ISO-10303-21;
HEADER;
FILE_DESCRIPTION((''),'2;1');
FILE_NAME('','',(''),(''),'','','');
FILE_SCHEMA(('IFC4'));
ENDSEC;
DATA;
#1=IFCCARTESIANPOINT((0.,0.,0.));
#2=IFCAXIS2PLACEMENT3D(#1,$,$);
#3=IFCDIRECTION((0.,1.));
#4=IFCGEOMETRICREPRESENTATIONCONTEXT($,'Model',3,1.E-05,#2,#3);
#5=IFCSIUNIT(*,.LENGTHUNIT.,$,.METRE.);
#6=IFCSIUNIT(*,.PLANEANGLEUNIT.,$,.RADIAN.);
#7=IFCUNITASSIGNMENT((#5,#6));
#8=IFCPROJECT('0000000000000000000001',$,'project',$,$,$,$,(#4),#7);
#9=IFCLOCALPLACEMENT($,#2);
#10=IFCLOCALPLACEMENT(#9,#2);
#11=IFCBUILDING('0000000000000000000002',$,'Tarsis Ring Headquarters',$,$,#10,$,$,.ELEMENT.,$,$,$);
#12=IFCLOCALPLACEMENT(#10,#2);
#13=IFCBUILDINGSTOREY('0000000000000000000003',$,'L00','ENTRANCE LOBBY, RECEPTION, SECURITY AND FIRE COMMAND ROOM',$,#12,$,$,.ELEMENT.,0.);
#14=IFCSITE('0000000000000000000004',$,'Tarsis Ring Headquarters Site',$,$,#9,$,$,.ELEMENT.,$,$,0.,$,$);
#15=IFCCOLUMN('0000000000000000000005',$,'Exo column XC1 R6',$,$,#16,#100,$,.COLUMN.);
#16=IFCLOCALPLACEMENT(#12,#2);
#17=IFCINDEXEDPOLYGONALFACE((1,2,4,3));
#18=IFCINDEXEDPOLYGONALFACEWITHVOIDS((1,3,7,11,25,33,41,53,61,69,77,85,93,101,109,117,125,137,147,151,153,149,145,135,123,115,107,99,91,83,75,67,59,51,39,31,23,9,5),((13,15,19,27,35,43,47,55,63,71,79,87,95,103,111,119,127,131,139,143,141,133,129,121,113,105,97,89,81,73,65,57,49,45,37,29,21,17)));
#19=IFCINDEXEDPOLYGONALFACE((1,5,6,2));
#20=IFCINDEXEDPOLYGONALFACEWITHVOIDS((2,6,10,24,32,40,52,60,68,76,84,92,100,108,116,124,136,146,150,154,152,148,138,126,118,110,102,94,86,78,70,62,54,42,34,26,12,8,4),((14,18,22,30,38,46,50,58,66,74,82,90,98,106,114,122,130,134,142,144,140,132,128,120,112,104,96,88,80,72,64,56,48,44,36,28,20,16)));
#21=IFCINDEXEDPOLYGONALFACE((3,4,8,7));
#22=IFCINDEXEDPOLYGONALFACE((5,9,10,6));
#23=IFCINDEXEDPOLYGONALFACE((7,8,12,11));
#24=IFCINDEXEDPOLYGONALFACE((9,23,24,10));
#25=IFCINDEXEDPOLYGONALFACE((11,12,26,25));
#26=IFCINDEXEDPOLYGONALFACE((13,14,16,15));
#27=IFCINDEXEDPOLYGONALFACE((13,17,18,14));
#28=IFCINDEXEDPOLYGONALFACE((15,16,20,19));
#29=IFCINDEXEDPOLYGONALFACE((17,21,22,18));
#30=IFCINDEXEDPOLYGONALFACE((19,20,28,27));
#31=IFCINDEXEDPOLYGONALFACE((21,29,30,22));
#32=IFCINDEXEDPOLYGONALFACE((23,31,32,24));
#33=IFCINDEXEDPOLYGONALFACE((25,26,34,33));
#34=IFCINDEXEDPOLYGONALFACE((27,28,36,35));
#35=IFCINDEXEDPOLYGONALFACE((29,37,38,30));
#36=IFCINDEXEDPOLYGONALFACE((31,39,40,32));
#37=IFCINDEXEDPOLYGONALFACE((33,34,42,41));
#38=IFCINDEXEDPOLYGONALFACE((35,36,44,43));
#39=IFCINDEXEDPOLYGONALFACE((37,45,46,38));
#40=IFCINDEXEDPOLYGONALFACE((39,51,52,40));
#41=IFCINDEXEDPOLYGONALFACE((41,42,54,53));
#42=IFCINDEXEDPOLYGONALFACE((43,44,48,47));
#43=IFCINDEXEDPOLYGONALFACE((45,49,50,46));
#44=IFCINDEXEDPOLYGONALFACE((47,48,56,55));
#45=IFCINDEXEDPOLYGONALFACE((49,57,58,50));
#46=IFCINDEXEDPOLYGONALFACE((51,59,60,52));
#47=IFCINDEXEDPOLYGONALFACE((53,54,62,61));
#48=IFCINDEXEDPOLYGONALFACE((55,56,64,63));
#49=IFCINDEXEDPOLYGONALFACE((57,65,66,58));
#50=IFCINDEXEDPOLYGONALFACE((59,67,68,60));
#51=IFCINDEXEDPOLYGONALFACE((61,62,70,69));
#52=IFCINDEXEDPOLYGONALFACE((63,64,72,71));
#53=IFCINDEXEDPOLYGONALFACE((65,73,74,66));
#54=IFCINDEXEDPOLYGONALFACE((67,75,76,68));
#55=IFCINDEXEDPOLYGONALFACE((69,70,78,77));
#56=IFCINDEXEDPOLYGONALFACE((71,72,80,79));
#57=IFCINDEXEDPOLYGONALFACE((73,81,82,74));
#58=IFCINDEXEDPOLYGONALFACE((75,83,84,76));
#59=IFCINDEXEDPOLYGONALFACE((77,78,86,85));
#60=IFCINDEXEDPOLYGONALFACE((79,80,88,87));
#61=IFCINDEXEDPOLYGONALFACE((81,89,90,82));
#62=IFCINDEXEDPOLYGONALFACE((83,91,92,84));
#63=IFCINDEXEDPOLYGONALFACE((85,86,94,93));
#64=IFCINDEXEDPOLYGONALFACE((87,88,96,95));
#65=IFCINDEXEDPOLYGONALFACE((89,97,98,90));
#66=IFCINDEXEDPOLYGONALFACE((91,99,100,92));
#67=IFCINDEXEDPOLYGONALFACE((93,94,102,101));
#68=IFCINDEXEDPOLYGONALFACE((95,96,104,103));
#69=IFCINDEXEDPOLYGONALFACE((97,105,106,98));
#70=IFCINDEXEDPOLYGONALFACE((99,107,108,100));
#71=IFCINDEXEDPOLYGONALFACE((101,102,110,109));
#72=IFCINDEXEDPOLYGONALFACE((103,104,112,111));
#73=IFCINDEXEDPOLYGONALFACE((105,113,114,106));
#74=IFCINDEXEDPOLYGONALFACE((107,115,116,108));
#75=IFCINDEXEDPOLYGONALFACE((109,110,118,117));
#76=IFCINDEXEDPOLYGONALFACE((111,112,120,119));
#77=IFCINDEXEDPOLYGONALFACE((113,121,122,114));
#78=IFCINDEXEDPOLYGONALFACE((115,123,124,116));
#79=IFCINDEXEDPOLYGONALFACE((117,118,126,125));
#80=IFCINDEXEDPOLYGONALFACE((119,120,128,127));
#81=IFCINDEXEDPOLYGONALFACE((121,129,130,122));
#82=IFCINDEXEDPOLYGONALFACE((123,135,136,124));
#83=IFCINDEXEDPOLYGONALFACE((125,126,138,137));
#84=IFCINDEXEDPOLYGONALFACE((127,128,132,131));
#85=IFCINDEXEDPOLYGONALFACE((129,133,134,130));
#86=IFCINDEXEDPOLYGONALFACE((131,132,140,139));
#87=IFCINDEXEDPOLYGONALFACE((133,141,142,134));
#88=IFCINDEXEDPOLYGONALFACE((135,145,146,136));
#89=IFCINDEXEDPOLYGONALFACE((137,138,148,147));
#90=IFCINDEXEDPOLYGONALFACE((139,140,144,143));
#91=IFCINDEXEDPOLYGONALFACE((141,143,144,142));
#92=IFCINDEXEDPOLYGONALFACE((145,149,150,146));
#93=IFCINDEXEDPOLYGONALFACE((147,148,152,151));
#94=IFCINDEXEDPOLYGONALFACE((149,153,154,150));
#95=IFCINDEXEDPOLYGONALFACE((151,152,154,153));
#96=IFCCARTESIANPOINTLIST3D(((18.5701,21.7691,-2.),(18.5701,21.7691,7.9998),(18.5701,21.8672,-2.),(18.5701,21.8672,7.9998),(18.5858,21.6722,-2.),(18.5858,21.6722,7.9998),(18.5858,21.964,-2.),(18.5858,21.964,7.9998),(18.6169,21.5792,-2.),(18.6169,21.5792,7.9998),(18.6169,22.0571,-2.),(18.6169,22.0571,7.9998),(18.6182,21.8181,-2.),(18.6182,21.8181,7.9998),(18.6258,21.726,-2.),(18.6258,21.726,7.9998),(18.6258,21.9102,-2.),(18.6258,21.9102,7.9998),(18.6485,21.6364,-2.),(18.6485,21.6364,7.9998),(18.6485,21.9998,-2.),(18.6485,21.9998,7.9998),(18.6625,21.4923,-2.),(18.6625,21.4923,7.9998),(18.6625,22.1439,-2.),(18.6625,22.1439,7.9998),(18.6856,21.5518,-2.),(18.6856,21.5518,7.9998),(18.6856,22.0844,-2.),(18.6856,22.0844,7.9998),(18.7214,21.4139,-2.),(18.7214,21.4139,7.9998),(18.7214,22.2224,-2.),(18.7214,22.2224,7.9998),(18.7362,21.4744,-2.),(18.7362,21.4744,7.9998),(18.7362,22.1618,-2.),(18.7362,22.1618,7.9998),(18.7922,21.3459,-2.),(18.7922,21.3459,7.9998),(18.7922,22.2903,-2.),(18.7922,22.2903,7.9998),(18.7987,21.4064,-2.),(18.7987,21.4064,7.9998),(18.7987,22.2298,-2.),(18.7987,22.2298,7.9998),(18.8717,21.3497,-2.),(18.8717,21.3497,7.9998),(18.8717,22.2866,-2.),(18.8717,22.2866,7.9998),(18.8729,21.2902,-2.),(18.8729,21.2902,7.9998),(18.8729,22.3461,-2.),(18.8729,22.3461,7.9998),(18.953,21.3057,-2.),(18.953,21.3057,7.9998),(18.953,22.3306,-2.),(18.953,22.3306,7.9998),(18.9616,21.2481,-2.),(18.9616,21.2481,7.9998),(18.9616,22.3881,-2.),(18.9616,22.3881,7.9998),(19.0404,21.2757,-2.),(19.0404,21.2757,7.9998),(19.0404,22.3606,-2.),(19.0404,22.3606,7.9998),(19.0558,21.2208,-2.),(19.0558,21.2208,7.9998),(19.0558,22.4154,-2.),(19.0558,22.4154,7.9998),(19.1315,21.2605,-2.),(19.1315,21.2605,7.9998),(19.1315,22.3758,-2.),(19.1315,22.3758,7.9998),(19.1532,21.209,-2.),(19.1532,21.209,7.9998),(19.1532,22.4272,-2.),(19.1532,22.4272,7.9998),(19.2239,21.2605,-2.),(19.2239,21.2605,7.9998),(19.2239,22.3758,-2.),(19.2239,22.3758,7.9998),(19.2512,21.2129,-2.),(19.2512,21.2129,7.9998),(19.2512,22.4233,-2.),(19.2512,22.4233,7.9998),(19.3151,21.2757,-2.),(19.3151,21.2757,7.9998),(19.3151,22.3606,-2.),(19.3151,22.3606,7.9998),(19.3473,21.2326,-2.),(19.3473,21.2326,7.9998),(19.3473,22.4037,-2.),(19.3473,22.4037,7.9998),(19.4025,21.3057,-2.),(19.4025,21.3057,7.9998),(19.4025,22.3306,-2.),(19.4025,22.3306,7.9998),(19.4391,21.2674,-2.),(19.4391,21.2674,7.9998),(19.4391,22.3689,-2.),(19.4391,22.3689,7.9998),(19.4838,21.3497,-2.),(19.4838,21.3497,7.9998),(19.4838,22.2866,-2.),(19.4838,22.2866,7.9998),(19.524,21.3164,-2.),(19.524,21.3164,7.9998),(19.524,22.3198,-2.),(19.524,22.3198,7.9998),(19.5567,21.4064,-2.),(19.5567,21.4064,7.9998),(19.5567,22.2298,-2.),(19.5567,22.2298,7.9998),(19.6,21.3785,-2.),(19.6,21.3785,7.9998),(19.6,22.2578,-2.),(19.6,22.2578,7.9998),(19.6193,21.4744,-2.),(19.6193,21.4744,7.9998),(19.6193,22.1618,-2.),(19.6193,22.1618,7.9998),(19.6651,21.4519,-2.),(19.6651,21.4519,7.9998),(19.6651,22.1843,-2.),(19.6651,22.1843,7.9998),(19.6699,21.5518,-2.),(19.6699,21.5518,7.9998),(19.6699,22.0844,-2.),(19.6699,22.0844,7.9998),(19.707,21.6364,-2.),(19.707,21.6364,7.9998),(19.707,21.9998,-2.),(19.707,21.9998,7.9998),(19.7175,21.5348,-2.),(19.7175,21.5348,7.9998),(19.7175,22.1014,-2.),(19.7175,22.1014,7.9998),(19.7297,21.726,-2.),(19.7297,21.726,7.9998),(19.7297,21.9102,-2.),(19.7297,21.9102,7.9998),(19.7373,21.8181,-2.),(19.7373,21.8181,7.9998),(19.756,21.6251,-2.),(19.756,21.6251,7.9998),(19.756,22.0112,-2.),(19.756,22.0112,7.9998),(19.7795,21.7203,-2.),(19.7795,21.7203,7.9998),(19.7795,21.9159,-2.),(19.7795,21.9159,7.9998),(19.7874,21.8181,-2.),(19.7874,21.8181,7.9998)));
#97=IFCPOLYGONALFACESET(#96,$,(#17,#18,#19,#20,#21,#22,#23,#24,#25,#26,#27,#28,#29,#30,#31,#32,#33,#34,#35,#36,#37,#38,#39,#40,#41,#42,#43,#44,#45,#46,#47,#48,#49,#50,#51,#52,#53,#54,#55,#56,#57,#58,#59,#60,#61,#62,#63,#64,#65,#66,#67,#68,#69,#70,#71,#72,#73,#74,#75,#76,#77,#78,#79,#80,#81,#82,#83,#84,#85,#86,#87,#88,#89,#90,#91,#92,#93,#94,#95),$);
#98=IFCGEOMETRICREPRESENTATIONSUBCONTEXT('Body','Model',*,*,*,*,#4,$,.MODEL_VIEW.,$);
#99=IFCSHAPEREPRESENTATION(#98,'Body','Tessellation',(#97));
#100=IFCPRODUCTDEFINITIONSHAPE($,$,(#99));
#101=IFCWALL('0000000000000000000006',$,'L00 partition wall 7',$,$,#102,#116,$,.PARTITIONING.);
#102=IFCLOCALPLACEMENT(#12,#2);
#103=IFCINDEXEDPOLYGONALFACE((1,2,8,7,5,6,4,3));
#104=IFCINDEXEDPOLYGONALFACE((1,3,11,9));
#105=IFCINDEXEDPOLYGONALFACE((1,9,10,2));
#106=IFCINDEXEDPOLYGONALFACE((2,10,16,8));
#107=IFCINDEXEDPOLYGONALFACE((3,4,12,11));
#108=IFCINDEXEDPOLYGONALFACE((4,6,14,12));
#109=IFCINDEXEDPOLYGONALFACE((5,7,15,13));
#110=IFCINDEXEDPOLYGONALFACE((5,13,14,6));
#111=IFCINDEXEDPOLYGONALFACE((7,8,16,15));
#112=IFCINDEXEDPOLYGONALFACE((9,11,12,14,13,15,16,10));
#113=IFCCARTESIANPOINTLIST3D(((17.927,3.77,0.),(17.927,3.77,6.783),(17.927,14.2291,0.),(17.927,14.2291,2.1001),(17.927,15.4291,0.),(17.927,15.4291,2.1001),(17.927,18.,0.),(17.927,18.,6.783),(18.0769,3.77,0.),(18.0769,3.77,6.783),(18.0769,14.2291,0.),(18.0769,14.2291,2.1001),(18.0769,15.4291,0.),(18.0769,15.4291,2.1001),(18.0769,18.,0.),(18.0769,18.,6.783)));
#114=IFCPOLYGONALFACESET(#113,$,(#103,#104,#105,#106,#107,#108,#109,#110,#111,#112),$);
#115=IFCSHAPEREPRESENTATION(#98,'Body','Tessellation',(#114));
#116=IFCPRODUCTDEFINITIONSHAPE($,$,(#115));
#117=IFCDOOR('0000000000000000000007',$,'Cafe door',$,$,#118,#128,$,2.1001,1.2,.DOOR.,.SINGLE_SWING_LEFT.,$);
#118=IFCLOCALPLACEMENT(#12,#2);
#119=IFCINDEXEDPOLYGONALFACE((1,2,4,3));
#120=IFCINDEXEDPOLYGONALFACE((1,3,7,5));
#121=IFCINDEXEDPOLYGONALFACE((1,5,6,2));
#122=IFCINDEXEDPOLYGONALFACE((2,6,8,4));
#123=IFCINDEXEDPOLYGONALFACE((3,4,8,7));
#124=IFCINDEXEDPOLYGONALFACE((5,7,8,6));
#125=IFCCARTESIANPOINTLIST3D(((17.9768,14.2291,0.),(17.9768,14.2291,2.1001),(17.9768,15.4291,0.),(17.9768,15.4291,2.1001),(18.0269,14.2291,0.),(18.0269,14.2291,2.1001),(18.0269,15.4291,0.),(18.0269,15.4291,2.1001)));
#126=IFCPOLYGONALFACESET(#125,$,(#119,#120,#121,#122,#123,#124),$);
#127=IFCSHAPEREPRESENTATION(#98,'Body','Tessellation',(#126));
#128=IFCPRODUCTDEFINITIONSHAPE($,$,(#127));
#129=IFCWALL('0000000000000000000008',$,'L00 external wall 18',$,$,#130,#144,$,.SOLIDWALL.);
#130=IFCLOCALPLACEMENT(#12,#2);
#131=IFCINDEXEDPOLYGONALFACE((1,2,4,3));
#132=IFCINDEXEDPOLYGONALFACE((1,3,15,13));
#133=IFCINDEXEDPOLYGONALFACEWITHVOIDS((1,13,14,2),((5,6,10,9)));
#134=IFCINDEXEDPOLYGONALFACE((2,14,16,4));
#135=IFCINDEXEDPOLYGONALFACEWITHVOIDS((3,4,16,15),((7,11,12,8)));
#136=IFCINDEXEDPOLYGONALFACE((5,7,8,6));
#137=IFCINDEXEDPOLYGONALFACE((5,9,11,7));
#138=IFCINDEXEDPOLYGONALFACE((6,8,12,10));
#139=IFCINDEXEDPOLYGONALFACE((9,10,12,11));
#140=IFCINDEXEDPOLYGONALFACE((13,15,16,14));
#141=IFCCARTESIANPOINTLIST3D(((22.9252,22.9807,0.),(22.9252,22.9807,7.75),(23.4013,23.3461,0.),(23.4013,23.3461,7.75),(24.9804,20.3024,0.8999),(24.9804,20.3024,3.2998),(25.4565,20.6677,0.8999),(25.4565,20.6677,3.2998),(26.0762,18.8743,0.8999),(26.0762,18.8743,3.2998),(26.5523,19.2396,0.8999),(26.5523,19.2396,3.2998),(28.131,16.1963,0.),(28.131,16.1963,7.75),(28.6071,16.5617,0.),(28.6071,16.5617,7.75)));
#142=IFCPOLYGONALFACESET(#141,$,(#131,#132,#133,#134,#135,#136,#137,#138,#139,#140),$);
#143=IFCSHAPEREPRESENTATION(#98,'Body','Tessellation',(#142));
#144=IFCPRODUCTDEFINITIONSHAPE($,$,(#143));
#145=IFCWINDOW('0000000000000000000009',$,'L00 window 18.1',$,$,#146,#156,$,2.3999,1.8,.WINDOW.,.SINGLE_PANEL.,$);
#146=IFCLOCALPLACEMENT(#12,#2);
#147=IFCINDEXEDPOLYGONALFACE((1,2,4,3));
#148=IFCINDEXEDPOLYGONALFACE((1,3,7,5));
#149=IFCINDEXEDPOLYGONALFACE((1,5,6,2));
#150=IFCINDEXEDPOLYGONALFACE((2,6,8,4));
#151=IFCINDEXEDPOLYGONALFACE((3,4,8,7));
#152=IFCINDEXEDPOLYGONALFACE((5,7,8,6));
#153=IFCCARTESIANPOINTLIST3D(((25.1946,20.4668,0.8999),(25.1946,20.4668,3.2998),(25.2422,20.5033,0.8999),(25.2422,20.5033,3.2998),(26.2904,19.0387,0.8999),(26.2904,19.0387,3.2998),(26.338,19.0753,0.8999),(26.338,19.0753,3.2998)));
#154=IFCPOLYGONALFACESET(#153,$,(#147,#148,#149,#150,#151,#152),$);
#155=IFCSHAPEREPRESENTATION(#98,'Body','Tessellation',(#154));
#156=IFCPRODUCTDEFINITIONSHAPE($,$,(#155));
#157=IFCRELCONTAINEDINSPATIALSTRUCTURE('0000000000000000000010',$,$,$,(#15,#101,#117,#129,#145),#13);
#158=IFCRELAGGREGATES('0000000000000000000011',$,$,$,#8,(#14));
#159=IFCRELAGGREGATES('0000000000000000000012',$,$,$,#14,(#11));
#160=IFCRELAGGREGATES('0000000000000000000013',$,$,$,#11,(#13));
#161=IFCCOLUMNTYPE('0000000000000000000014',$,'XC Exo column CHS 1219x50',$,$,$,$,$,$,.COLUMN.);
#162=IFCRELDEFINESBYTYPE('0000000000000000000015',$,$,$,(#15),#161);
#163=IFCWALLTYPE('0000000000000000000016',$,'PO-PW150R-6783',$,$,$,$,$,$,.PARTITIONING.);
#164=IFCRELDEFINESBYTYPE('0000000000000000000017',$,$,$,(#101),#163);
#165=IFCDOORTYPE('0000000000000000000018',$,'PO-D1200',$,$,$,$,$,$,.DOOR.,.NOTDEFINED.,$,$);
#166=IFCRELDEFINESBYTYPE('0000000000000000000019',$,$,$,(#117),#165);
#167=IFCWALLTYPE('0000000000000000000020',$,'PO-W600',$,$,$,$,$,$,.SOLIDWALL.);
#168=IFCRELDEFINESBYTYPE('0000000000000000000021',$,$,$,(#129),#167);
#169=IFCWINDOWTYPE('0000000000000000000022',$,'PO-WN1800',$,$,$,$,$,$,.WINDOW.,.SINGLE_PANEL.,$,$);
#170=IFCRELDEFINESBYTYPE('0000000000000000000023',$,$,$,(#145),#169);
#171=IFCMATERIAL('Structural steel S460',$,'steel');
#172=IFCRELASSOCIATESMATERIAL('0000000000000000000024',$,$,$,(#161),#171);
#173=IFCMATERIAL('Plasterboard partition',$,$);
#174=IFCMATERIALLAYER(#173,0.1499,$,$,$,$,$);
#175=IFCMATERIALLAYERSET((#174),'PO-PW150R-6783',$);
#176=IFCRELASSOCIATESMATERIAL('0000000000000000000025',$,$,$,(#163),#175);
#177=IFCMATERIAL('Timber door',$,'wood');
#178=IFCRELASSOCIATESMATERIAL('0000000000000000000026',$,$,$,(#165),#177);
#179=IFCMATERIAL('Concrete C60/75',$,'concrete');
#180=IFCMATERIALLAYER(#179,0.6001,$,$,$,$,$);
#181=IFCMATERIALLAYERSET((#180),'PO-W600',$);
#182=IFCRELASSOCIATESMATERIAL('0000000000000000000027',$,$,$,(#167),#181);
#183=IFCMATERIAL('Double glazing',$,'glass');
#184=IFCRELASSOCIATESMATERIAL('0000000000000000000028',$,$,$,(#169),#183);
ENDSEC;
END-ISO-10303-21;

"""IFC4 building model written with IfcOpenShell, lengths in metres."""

from ifc_helpers import new_model, si_unit, direction, frame, frame_2d, origin, origin_2d, place, context, subcontext, project, spatial, rectangle, hollow_circle, extrude, material, layer, layer_set, material_profile, profile_set, type_object, element, fill, save


model = new_model("IFC4")

# Units and contexts
model_context = context("Model", 3, precision=1e-05, world=origin(), true_north=direction((0.0, 1.0)))
body_context = subcontext(model_context, "Body", "Model", "MODEL_VIEW")
ifc_project = project(units=[si_unit("LENGTHUNIT", "METRE"), si_unit("PLANEANGLEUNIT", "RADIAN")], contexts=[model_context])

# Site, building, storey
site_placement = place(None, origin())
site = spatial("IfcSite", under=ifc_project, at=site_placement, Name="Tarsis Ring Headquarters Site", CompositionType="ELEMENT", RefElevation=0.0)
building_placement = place(site_placement, origin())
building = spatial("IfcBuilding", under=site, at=building_placement, Name="Tarsis Ring Headquarters", CompositionType="ELEMENT")
storey_placement = place(building_placement, origin())
storey = spatial("IfcBuildingStorey", under=building, at=storey_placement, Name="L00", Description="ENTRANCE LOBBY, RECEPTION, SECURITY AND FIRE COMMAND ROOM", CompositionType="ELEMENT", Elevation=0.0)

# Column
ifc_material_1 = material(Name="Structural steel S460", Category="steel")
ifc_material_profile_1 = material_profile(ifc_material_1, hollow_circle(Radius=0.6096, WallThickness=0.05, at=origin_2d()), Name="CHS 1219x50")
ifc_profile_set_1 = profile_set([ifc_material_profile_1], Name="Structural steel S460")
column_type = type_object("IfcColumnType", Name="XC Exo column CHS 1219x50", PredefinedType="COLUMN", material=ifc_profile_set_1)
for number, where, z_axis, x_axis, name in (
    (1, (19.1777, 21.8181, -2.0), (0.0, 0.0, 1.0), (1.0, 0.0, 0.0), "Exo column XC1 R6"),
):
    element("IfcColumn", number, at=place(storey_placement, frame(where, z_axis=z_axis, x_axis=x_axis)), inside=storey, type_object=column_type, Name=name, PredefinedType="COLUMN", context=body_context, shape_type="SweptSolid", body=[
        extrude(hollow_circle(Radius=0.6096, WallThickness=0.05, at=origin_2d()), origin(), (0.0, 0.0, 1.0), 9.9998),
    ])

# Wall, opening, door
ifc_material_2 = material(Name="Plasterboard partition")
ifc_layer_1 = layer(ifc_material_2, 0.1499)
ifc_layer_set_1 = layer_set([ifc_layer_1], Name="PO-PW150R-6783")
wall_type_1 = type_object("IfcWallType", Name="PO-PW150R-6783", PredefinedType="PARTITIONING", material=ifc_layer_set_1)
wall_1_placement = place(storey_placement, frame((18.002, 18.0, 0.0), z_axis=(0.0, 0.0, 1.0), x_axis=(0.0, -1.0, 0.0)))
wall_1 = element("IfcWall", 2, at=wall_1_placement, inside=storey, type_object=wall_type_1, Name="L00 partition wall 7", PredefinedType="PARTITIONING", context=body_context, shape_type="SweptSolid", body=[
    extrude(rectangle(XDim=14.23, YDim=0.1499, at=frame_2d((7.115, 0.0))), origin(), (0.0, 0.0, 1.0), 6.783),
])
opening_1_placement = place(wall_1_placement, frame((2.5708, 0.0, 0.0)))
opening_1 = element("IfcOpeningElement", 3, at=opening_1_placement, cuts=wall_1, PredefinedType="OPENING", context=body_context, shape_type="SweptSolid", body=[
    extrude(rectangle(XDim=1.2, YDim=2.1001, at=frame_2d((0.6001, 1.05))), frame((0.0, 0.085, 0.0), z_axis=(0.0, -1.0, 0.0), x_axis=(1.0, 0.0, 0.0)), (0.0, 0.0, 1.0), 0.1699),
])
ifc_material_3 = material(Name="Timber door", Category="wood")
door_type = type_object("IfcDoorType", Name="PO-D1200", OperationType="NOTDEFINED", PredefinedType="DOOR", material=ifc_material_3)
door_placement = place(opening_1_placement, origin())
door = element("IfcDoor", 4, at=door_placement, inside=storey, type_object=door_type, Name="Cafe door", OperationType="SINGLE_SWING_LEFT", OverallHeight=2.1001, OverallWidth=1.2, PredefinedType="DOOR", context=body_context, shape_type="SweptSolid", body=[
    extrude(rectangle(XDim=1.2, YDim=2.1001, at=frame_2d((0.6001, 1.05))), frame((0.0, 0.0249, 0.0), z_axis=(0.0, -1.0, 0.0), x_axis=(1.0, 0.0, 0.0)), (0.0, 0.0, 1.0), 0.05),
])
fill(opening_1, door)

# Wall, opening, window
ifc_material_4 = material(Name="Concrete C60/75", Category="concrete")
ifc_layer_2 = layer(ifc_material_4, 0.6001)
ifc_layer_set_2 = layer_set([ifc_layer_2], Name="PO-W600")
wall_type_2 = type_object("IfcWallType", Name="PO-W600", PredefinedType="SOLIDWALL", material=ifc_layer_set_2)
wall_2_placement = place(storey_placement, frame((28.3691, 16.3789, 0.0), z_axis=(0.0, 0.0, 1.0), x_axis=(-0.608757, 0.793357, 0.0)))
wall_2 = element("IfcWall", 5, at=wall_2_placement, inside=storey, type_object=wall_type_2, Name="L00 external wall 18", PredefinedType="SOLIDWALL", context=body_context, shape_type="SweptSolid", body=[
    extrude(rectangle(XDim=8.5515, YDim=0.6001, at=frame_2d((4.2759, 0.0))), origin(), (0.0, 0.0, 1.0), 7.75),
])
opening_2_placement = place(wall_2_placement, frame((3.3757, 0.0, 0.8999)))
opening_2 = element("IfcOpeningElement", 6, at=opening_2_placement, cuts=wall_2, PredefinedType="OPENING", context=body_context, shape_type="SweptSolid", body=[
    extrude(rectangle(XDim=1.8, YDim=2.3999, at=frame_2d((0.8999, 1.2))), frame((0.0, 0.3101, 0.0), z_axis=(0.0, -1.0, 0.0), x_axis=(1.0, 0.0, 0.0)), (0.0, 0.0, 1.0), 0.6201),
])
ifc_material_5 = material(Name="Double glazing", Category="glass")
window_type = type_object("IfcWindowType", Name="PO-WN1800", PartitioningType="SINGLE_PANEL", PredefinedType="WINDOW", material=ifc_material_5)
window_1_placement = place(opening_2_placement, origin())
window_1 = element("IfcWindow", 7, at=window_1_placement, inside=storey, type_object=window_type, Name="L00 window 18.1", OverallHeight=2.3999, OverallWidth=1.8, PartitioningType="SINGLE_PANEL", PredefinedType="WINDOW", context=body_context, shape_type="SweptSolid", body=[
    extrude(rectangle(XDim=1.8, YDim=2.3999, at=frame_2d((0.8999, 1.2))), frame((0.0, 0.03, 0.0), z_axis=(0.0, -1.0, 0.0), x_axis=(1.0, 0.0, 0.0)), (0.0, 0.0, 1.0), 0.0601),
])
fill(opening_2, window_1)

save(model, "model.ifc")
